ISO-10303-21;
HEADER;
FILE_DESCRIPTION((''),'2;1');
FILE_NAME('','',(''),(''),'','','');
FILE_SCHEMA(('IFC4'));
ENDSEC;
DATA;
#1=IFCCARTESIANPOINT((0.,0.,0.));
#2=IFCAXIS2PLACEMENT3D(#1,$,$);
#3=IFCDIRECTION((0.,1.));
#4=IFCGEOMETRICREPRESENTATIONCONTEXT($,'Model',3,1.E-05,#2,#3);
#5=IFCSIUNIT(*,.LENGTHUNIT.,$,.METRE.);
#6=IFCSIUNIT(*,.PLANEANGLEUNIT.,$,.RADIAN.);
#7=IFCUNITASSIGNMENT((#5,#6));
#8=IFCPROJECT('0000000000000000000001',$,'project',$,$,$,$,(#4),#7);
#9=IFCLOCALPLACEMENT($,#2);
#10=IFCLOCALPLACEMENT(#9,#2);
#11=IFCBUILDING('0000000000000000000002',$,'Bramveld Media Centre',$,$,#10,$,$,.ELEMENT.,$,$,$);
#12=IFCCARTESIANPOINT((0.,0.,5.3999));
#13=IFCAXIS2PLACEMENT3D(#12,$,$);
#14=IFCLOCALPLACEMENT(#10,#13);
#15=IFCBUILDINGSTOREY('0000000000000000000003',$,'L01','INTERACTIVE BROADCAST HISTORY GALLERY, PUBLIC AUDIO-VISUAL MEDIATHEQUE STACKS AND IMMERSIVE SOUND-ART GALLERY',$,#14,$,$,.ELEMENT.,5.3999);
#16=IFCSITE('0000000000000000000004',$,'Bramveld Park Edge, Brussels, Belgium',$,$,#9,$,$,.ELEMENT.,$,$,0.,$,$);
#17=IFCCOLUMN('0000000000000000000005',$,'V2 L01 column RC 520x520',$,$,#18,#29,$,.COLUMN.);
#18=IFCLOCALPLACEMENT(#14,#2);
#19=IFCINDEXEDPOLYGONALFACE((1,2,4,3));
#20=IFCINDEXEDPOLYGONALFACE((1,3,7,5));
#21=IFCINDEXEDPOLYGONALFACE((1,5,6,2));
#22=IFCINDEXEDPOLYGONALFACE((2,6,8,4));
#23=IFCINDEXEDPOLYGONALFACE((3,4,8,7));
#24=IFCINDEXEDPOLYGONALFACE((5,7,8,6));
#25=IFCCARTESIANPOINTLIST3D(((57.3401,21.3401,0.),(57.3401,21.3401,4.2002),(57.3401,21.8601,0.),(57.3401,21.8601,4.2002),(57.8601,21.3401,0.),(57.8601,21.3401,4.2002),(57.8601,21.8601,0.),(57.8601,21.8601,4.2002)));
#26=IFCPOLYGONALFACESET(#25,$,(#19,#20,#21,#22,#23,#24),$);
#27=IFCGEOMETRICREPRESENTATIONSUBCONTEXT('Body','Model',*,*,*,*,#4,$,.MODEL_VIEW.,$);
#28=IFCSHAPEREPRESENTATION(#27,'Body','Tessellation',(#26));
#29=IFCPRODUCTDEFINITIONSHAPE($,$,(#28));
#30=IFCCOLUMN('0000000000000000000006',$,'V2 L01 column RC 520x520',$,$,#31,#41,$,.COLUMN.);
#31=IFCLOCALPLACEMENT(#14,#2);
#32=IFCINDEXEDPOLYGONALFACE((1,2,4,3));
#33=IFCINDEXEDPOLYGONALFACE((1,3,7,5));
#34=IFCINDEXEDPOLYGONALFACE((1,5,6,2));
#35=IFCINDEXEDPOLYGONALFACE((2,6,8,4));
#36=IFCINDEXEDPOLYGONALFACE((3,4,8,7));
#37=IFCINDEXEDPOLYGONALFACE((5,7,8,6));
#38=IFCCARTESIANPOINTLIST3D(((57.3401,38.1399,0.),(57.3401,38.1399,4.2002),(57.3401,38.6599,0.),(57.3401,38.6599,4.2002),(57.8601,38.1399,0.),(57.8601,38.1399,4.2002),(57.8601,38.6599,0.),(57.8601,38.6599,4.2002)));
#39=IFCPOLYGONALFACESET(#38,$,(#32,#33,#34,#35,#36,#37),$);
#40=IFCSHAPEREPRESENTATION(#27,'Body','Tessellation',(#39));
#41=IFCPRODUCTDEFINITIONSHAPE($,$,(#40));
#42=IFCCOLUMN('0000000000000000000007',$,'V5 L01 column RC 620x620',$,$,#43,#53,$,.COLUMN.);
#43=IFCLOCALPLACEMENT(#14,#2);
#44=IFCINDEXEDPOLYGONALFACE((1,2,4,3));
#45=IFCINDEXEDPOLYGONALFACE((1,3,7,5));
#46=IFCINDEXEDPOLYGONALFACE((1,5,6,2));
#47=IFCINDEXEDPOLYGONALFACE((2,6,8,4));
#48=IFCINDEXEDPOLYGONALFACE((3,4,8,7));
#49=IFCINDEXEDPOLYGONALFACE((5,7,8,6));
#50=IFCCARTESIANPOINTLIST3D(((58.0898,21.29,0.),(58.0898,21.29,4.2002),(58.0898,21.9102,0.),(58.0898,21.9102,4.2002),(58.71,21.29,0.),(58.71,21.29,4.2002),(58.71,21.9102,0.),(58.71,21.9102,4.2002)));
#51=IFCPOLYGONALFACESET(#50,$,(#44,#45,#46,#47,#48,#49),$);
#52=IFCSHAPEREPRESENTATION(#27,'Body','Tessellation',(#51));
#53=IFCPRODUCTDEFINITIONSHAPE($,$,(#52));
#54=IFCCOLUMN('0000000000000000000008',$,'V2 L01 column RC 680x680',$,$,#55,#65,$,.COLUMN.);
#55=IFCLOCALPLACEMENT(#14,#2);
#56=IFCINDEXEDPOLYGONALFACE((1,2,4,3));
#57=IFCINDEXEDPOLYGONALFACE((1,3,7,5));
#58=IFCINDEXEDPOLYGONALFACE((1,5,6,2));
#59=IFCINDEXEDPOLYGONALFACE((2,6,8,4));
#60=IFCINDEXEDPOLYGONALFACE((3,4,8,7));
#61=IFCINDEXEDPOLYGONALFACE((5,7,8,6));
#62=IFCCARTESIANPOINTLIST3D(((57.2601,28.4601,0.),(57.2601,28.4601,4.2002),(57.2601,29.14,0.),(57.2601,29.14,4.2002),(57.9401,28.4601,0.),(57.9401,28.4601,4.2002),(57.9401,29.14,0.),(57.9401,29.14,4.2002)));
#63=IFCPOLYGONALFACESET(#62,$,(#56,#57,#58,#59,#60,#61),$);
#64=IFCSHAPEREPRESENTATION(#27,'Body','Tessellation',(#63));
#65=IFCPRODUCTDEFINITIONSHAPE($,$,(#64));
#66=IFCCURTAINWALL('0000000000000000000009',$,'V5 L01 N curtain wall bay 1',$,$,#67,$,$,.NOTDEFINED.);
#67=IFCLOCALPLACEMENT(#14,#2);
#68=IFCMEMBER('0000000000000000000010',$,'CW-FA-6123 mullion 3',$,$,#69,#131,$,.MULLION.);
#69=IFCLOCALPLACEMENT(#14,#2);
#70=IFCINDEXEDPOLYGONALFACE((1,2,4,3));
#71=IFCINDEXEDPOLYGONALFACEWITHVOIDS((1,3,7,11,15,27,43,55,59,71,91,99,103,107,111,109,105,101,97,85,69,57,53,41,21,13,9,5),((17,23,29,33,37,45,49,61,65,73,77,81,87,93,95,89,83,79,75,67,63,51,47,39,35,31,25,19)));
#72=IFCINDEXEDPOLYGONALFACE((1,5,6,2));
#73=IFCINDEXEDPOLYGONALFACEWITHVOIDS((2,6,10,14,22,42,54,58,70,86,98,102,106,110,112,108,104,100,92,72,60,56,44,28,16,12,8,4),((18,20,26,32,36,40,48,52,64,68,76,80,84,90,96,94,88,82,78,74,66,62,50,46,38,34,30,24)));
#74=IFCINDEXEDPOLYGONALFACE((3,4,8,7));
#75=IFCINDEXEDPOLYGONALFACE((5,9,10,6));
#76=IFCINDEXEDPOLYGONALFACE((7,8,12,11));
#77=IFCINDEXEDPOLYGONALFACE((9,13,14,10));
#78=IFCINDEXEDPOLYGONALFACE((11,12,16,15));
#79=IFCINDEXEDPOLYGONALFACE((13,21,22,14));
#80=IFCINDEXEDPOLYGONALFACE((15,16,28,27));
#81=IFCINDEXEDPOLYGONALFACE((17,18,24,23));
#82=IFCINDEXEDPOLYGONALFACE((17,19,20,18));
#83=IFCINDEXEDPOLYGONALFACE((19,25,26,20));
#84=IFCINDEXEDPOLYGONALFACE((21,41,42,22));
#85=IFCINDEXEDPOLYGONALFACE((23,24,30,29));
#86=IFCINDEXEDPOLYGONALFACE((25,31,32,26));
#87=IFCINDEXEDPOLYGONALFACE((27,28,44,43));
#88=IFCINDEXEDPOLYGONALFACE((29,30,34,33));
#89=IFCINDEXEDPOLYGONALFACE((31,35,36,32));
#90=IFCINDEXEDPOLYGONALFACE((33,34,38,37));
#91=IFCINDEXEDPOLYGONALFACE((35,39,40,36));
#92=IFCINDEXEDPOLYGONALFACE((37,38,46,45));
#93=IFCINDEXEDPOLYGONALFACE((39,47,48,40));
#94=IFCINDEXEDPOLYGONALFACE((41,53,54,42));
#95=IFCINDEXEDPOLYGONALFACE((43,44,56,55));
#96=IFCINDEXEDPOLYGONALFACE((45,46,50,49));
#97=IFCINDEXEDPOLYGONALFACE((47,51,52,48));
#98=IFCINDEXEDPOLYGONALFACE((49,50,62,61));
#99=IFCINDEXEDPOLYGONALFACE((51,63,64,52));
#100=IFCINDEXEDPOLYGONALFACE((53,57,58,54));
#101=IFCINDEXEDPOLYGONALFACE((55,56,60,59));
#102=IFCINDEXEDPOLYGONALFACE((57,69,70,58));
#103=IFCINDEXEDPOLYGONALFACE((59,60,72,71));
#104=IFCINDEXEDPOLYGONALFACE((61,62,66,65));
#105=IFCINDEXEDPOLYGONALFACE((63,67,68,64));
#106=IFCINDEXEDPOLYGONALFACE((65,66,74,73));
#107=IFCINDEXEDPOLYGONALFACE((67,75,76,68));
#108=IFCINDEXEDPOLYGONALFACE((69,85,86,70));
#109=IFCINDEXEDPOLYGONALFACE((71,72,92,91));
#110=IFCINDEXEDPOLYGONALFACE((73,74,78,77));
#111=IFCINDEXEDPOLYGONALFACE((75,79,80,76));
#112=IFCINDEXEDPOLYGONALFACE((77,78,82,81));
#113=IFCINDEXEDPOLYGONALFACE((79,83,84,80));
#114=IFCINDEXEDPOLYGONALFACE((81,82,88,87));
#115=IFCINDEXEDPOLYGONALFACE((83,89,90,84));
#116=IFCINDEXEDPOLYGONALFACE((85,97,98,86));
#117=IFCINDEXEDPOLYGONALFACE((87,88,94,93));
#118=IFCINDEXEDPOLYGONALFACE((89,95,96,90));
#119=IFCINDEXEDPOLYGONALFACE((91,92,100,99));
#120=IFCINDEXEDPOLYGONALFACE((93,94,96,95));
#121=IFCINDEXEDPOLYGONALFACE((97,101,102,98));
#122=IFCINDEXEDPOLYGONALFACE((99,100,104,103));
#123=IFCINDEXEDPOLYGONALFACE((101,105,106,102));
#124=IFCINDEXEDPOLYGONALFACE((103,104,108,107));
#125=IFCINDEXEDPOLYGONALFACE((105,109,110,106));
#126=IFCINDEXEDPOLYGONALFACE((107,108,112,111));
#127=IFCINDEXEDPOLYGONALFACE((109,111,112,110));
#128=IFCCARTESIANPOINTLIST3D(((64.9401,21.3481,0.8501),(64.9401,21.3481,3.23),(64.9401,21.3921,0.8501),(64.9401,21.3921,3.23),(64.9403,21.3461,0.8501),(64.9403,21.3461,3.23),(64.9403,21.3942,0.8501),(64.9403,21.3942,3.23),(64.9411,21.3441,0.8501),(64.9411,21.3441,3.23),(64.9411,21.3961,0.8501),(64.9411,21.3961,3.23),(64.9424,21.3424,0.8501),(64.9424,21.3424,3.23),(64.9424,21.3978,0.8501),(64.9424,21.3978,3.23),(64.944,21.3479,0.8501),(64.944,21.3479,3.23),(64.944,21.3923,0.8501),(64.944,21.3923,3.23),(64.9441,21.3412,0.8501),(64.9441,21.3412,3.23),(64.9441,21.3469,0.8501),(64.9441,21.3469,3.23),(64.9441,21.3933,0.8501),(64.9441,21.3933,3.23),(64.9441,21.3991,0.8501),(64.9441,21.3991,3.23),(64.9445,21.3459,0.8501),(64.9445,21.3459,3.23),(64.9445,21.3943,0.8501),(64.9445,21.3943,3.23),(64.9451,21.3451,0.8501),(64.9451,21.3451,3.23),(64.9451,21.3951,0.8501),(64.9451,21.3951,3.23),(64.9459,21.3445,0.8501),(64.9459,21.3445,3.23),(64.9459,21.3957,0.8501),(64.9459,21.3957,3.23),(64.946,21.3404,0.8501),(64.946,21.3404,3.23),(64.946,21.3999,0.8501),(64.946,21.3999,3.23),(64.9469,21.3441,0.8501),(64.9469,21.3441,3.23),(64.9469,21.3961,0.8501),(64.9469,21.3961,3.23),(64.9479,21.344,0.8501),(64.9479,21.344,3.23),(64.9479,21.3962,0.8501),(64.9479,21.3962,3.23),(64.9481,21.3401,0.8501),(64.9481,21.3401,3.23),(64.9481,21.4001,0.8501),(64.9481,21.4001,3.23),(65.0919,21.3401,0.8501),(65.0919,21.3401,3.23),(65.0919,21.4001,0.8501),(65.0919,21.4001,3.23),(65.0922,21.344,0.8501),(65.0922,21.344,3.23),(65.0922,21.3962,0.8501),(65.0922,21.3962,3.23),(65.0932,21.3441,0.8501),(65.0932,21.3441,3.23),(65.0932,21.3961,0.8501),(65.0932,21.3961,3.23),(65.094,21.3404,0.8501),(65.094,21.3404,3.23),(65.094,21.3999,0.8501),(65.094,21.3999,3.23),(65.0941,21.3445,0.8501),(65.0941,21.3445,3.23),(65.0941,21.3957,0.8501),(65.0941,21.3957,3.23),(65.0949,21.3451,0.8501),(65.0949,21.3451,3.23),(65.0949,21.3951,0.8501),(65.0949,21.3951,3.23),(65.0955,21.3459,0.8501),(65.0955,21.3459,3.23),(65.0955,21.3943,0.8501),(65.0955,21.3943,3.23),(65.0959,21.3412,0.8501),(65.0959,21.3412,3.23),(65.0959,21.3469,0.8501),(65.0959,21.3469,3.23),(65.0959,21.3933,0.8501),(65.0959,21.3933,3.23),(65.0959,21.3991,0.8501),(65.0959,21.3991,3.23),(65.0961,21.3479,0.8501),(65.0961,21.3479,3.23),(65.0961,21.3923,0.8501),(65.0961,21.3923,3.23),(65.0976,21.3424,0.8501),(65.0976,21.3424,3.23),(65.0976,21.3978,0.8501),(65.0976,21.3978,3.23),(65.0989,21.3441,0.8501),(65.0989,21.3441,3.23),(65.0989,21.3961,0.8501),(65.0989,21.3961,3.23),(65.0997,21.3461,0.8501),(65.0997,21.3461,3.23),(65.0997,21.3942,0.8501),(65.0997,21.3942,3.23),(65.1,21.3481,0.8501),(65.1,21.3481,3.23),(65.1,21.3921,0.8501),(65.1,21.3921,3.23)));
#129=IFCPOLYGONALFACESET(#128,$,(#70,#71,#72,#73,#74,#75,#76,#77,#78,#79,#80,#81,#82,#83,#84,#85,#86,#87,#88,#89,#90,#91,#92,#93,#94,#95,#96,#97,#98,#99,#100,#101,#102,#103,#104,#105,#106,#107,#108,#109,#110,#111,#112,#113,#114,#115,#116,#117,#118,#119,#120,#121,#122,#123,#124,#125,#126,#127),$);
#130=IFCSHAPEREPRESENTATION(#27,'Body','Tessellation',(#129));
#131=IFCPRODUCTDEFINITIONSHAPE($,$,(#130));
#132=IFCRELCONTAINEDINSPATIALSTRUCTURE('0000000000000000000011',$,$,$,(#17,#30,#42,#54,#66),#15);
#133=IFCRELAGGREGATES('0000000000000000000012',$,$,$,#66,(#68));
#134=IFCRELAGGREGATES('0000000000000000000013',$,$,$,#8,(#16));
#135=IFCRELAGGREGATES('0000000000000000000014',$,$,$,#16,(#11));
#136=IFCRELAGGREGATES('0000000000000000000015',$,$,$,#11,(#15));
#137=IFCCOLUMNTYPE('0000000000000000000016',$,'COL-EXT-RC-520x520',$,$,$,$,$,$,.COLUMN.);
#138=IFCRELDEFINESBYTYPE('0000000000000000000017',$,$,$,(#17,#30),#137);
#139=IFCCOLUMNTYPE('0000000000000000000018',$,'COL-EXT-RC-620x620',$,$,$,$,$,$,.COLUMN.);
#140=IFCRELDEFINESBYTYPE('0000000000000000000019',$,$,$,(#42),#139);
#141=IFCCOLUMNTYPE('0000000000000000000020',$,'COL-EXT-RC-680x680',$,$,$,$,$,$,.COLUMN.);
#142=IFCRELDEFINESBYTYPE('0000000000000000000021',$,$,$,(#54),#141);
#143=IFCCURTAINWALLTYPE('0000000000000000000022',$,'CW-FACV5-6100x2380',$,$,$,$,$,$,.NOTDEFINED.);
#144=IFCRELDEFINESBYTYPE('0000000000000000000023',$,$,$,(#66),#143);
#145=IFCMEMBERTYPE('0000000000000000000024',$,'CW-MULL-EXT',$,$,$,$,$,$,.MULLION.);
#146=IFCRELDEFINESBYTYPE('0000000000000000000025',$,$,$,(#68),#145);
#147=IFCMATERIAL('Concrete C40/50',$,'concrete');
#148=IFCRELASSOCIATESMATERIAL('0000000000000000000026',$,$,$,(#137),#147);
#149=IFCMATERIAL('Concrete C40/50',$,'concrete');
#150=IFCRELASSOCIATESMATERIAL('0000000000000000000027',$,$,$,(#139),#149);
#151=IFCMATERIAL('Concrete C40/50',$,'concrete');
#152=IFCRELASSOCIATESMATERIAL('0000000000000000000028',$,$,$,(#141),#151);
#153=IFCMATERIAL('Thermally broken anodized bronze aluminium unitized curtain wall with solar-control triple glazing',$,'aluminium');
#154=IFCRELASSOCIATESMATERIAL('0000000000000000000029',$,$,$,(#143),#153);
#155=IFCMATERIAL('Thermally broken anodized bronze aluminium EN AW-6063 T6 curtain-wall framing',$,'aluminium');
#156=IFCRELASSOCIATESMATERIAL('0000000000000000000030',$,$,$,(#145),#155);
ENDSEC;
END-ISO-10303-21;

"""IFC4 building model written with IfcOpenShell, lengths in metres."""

from ifc_helpers import new_model, si_unit, direction, frame, origin, origin_2d, place, context, subcontext, project, spatial, rectangle, hollow_rectangle, extrude, material, material_profile, profile_set, type_object, element, aggregate, save


model = new_model("IFC4")

# Units and contexts
model_context = context("Model", 3, precision=1e-05, world=origin(), true_north=direction((0.0, 1.0)))
body_context = subcontext(model_context, "Body", "Model", "MODEL_VIEW")
ifc_project = project(units=[si_unit("LENGTHUNIT", "METRE"), si_unit("PLANEANGLEUNIT", "RADIAN")], contexts=[model_context])

# Site, building, storey
site_placement = place(None, origin())
site = spatial("IfcSite", under=ifc_project, at=site_placement, Name="Bramveld Park Edge, Brussels, Belgium", CompositionType="ELEMENT", RefElevation=0.0)
building_placement = place(site_placement, origin())
building = spatial("IfcBuilding", under=site, at=building_placement, Name="Bramveld Media Centre", CompositionType="ELEMENT")
storey_placement = place(building_placement, frame((0.0, 0.0, 5.3999)))
storey = spatial("IfcBuildingStorey", under=building, at=storey_placement, Name="L01", Description="INTERACTIVE BROADCAST HISTORY GALLERY, PUBLIC AUDIO-VISUAL MEDIATHEQUE STACKS AND IMMERSIVE SOUND-ART GALLERY", CompositionType="ELEMENT", Elevation=5.3999)

# Columns
ifc_material_1 = material(Name="Concrete C40/50", Category="concrete")
ifc_material_profile_1 = material_profile(ifc_material_1, rectangle(XDim=0.52, YDim=0.52, at=origin_2d()), Name="RC 520x520")
ifc_profile_set_1 = profile_set([ifc_material_profile_1], Name="Concrete C40/50")
column_type_1 = type_object("IfcColumnType", Name="COL-EXT-RC-520x520", PredefinedType="COLUMN", material=ifc_profile_set_1)
for number, where, z_axis, x_axis, name in (
    (1, (57.6001, 21.6001, 0.0), (0.0, 0.0, 1.0), (1.0, 0.0, 0.0), "V2 L01 column RC 520x520"),
    (2, (57.6001, 38.3999, 0.0), (0.0, 0.0, 1.0), (1.0, 0.0, 0.0), "V2 L01 column RC 520x520"),
):
    element("IfcColumn", number, at=place(storey_placement, frame(where, z_axis=z_axis, x_axis=x_axis)), inside=storey, type_object=column_type_1, Name=name, PredefinedType="COLUMN", context=body_context, shape_type="SweptSolid", body=[
        extrude(rectangle(XDim=0.52, YDim=0.52, at=origin_2d()), origin(), (0.0, 0.0, 1.0), 4.2002),
    ])
ifc_material_2 = material(Name="Concrete C40/50", Category="concrete")
ifc_material_profile_2 = material_profile(ifc_material_2, rectangle(XDim=0.6201, YDim=0.6201, at=origin_2d()), Name="RC 620x620")
ifc_profile_set_2 = profile_set([ifc_material_profile_2], Name="Concrete C40/50")
column_type_2 = type_object("IfcColumnType", Name="COL-EXT-RC-620x620", PredefinedType="COLUMN", material=ifc_profile_set_2)
column_1_placement = place(storey_placement, frame((58.3999, 21.6001, 0.0), z_axis=(0.0, 0.0, 1.0), x_axis=(1.0, 0.0, 0.0)))
element("IfcColumn", 3, at=column_1_placement, inside=storey, type_object=column_type_2, Name="V5 L01 column RC 620x620", PredefinedType="COLUMN", context=body_context, shape_type="SweptSolid", body=[
    extrude(rectangle(XDim=0.6201, YDim=0.6201, at=origin_2d()), origin(), (0.0, 0.0, 1.0), 4.2002),
])
ifc_material_3 = material(Name="Concrete C40/50", Category="concrete")
ifc_material_profile_3 = material_profile(ifc_material_3, rectangle(XDim=0.6799, YDim=0.6799, at=origin_2d()), Name="RC 680x680")
ifc_profile_set_3 = profile_set([ifc_material_profile_3], Name="Concrete C40/50")
column_type_3 = type_object("IfcColumnType", Name="COL-EXT-RC-680x680", PredefinedType="COLUMN", material=ifc_profile_set_3)
column_2_placement = place(storey_placement, frame((57.6001, 28.8, 0.0), z_axis=(0.0, 0.0, 1.0), x_axis=(1.0, 0.0, 0.0)))
element("IfcColumn", 4, at=column_2_placement, inside=storey, type_object=column_type_3, Name="V2 L01 column RC 680x680", PredefinedType="COLUMN", context=body_context, shape_type="SweptSolid", body=[
    extrude(rectangle(XDim=0.6799, YDim=0.6799, at=origin_2d()), origin(), (0.0, 0.0, 1.0), 4.2002),
])

# Curtain wall, member
ifc_material_4 = material(Name="Thermally broken anodized bronze aluminium unitized curtain wall with solar-control triple glazing", Category="aluminium")
curtain_wall_type = type_object("IfcCurtainWallType", Name="CW-FACV5-6100x2380", PredefinedType="NOTDEFINED", material=ifc_material_4)
curtain_wall_placement = place(storey_placement, origin())
curtain_wall = element("IfcCurtainWall", 5, at=curtain_wall_placement, inside=storey, type_object=curtain_wall_type, Name="V5 L01 N curtain wall bay 1", PredefinedType="NOTDEFINED")
ifc_material_5 = material(Name="Thermally broken anodized bronze aluminium EN AW-6063 T6 curtain-wall framing", Category="aluminium")
ifc_material_profile_4 = material_profile(ifc_material_5, hollow_rectangle(XDim=0.0601, YDim=0.1599, WallThickness=0.0039, InnerFilletRadius=0.0039, OuterFilletRadius=0.0081, at=origin_2d()), Name="AL-MULL 60x160")
ifc_profile_set_4 = profile_set([ifc_material_profile_4], Name="Thermally broken anodized bronze aluminium EN AW-6063 T6 curtain-wall framing")
member_type_1 = type_object("IfcMemberType", Name="CW-MULL-EXT", PredefinedType="MULLION", material=ifc_profile_set_4)
member_1_placement = place(storey_placement, frame((65.02, 21.3701, 0.8501), z_axis=(0.0, 0.0, 1.0), x_axis=(0.0, 1.0, 0.0)))
member_1 = element("IfcMember", 6, at=member_1_placement, type_object=member_type_1, Name="CW-FA-6123 mullion 3", PredefinedType="MULLION", context=body_context, shape_type="SweptSolid", body=[
    extrude(hollow_rectangle(XDim=0.0601, YDim=0.1599, WallThickness=0.0039, InnerFilletRadius=0.0039, OuterFilletRadius=0.0081, at=origin_2d()), origin(), (0.0, 0.0, 1.0), 2.3799),
])

aggregate(curtain_wall, [member_1])

save(model, "model.ifc")
